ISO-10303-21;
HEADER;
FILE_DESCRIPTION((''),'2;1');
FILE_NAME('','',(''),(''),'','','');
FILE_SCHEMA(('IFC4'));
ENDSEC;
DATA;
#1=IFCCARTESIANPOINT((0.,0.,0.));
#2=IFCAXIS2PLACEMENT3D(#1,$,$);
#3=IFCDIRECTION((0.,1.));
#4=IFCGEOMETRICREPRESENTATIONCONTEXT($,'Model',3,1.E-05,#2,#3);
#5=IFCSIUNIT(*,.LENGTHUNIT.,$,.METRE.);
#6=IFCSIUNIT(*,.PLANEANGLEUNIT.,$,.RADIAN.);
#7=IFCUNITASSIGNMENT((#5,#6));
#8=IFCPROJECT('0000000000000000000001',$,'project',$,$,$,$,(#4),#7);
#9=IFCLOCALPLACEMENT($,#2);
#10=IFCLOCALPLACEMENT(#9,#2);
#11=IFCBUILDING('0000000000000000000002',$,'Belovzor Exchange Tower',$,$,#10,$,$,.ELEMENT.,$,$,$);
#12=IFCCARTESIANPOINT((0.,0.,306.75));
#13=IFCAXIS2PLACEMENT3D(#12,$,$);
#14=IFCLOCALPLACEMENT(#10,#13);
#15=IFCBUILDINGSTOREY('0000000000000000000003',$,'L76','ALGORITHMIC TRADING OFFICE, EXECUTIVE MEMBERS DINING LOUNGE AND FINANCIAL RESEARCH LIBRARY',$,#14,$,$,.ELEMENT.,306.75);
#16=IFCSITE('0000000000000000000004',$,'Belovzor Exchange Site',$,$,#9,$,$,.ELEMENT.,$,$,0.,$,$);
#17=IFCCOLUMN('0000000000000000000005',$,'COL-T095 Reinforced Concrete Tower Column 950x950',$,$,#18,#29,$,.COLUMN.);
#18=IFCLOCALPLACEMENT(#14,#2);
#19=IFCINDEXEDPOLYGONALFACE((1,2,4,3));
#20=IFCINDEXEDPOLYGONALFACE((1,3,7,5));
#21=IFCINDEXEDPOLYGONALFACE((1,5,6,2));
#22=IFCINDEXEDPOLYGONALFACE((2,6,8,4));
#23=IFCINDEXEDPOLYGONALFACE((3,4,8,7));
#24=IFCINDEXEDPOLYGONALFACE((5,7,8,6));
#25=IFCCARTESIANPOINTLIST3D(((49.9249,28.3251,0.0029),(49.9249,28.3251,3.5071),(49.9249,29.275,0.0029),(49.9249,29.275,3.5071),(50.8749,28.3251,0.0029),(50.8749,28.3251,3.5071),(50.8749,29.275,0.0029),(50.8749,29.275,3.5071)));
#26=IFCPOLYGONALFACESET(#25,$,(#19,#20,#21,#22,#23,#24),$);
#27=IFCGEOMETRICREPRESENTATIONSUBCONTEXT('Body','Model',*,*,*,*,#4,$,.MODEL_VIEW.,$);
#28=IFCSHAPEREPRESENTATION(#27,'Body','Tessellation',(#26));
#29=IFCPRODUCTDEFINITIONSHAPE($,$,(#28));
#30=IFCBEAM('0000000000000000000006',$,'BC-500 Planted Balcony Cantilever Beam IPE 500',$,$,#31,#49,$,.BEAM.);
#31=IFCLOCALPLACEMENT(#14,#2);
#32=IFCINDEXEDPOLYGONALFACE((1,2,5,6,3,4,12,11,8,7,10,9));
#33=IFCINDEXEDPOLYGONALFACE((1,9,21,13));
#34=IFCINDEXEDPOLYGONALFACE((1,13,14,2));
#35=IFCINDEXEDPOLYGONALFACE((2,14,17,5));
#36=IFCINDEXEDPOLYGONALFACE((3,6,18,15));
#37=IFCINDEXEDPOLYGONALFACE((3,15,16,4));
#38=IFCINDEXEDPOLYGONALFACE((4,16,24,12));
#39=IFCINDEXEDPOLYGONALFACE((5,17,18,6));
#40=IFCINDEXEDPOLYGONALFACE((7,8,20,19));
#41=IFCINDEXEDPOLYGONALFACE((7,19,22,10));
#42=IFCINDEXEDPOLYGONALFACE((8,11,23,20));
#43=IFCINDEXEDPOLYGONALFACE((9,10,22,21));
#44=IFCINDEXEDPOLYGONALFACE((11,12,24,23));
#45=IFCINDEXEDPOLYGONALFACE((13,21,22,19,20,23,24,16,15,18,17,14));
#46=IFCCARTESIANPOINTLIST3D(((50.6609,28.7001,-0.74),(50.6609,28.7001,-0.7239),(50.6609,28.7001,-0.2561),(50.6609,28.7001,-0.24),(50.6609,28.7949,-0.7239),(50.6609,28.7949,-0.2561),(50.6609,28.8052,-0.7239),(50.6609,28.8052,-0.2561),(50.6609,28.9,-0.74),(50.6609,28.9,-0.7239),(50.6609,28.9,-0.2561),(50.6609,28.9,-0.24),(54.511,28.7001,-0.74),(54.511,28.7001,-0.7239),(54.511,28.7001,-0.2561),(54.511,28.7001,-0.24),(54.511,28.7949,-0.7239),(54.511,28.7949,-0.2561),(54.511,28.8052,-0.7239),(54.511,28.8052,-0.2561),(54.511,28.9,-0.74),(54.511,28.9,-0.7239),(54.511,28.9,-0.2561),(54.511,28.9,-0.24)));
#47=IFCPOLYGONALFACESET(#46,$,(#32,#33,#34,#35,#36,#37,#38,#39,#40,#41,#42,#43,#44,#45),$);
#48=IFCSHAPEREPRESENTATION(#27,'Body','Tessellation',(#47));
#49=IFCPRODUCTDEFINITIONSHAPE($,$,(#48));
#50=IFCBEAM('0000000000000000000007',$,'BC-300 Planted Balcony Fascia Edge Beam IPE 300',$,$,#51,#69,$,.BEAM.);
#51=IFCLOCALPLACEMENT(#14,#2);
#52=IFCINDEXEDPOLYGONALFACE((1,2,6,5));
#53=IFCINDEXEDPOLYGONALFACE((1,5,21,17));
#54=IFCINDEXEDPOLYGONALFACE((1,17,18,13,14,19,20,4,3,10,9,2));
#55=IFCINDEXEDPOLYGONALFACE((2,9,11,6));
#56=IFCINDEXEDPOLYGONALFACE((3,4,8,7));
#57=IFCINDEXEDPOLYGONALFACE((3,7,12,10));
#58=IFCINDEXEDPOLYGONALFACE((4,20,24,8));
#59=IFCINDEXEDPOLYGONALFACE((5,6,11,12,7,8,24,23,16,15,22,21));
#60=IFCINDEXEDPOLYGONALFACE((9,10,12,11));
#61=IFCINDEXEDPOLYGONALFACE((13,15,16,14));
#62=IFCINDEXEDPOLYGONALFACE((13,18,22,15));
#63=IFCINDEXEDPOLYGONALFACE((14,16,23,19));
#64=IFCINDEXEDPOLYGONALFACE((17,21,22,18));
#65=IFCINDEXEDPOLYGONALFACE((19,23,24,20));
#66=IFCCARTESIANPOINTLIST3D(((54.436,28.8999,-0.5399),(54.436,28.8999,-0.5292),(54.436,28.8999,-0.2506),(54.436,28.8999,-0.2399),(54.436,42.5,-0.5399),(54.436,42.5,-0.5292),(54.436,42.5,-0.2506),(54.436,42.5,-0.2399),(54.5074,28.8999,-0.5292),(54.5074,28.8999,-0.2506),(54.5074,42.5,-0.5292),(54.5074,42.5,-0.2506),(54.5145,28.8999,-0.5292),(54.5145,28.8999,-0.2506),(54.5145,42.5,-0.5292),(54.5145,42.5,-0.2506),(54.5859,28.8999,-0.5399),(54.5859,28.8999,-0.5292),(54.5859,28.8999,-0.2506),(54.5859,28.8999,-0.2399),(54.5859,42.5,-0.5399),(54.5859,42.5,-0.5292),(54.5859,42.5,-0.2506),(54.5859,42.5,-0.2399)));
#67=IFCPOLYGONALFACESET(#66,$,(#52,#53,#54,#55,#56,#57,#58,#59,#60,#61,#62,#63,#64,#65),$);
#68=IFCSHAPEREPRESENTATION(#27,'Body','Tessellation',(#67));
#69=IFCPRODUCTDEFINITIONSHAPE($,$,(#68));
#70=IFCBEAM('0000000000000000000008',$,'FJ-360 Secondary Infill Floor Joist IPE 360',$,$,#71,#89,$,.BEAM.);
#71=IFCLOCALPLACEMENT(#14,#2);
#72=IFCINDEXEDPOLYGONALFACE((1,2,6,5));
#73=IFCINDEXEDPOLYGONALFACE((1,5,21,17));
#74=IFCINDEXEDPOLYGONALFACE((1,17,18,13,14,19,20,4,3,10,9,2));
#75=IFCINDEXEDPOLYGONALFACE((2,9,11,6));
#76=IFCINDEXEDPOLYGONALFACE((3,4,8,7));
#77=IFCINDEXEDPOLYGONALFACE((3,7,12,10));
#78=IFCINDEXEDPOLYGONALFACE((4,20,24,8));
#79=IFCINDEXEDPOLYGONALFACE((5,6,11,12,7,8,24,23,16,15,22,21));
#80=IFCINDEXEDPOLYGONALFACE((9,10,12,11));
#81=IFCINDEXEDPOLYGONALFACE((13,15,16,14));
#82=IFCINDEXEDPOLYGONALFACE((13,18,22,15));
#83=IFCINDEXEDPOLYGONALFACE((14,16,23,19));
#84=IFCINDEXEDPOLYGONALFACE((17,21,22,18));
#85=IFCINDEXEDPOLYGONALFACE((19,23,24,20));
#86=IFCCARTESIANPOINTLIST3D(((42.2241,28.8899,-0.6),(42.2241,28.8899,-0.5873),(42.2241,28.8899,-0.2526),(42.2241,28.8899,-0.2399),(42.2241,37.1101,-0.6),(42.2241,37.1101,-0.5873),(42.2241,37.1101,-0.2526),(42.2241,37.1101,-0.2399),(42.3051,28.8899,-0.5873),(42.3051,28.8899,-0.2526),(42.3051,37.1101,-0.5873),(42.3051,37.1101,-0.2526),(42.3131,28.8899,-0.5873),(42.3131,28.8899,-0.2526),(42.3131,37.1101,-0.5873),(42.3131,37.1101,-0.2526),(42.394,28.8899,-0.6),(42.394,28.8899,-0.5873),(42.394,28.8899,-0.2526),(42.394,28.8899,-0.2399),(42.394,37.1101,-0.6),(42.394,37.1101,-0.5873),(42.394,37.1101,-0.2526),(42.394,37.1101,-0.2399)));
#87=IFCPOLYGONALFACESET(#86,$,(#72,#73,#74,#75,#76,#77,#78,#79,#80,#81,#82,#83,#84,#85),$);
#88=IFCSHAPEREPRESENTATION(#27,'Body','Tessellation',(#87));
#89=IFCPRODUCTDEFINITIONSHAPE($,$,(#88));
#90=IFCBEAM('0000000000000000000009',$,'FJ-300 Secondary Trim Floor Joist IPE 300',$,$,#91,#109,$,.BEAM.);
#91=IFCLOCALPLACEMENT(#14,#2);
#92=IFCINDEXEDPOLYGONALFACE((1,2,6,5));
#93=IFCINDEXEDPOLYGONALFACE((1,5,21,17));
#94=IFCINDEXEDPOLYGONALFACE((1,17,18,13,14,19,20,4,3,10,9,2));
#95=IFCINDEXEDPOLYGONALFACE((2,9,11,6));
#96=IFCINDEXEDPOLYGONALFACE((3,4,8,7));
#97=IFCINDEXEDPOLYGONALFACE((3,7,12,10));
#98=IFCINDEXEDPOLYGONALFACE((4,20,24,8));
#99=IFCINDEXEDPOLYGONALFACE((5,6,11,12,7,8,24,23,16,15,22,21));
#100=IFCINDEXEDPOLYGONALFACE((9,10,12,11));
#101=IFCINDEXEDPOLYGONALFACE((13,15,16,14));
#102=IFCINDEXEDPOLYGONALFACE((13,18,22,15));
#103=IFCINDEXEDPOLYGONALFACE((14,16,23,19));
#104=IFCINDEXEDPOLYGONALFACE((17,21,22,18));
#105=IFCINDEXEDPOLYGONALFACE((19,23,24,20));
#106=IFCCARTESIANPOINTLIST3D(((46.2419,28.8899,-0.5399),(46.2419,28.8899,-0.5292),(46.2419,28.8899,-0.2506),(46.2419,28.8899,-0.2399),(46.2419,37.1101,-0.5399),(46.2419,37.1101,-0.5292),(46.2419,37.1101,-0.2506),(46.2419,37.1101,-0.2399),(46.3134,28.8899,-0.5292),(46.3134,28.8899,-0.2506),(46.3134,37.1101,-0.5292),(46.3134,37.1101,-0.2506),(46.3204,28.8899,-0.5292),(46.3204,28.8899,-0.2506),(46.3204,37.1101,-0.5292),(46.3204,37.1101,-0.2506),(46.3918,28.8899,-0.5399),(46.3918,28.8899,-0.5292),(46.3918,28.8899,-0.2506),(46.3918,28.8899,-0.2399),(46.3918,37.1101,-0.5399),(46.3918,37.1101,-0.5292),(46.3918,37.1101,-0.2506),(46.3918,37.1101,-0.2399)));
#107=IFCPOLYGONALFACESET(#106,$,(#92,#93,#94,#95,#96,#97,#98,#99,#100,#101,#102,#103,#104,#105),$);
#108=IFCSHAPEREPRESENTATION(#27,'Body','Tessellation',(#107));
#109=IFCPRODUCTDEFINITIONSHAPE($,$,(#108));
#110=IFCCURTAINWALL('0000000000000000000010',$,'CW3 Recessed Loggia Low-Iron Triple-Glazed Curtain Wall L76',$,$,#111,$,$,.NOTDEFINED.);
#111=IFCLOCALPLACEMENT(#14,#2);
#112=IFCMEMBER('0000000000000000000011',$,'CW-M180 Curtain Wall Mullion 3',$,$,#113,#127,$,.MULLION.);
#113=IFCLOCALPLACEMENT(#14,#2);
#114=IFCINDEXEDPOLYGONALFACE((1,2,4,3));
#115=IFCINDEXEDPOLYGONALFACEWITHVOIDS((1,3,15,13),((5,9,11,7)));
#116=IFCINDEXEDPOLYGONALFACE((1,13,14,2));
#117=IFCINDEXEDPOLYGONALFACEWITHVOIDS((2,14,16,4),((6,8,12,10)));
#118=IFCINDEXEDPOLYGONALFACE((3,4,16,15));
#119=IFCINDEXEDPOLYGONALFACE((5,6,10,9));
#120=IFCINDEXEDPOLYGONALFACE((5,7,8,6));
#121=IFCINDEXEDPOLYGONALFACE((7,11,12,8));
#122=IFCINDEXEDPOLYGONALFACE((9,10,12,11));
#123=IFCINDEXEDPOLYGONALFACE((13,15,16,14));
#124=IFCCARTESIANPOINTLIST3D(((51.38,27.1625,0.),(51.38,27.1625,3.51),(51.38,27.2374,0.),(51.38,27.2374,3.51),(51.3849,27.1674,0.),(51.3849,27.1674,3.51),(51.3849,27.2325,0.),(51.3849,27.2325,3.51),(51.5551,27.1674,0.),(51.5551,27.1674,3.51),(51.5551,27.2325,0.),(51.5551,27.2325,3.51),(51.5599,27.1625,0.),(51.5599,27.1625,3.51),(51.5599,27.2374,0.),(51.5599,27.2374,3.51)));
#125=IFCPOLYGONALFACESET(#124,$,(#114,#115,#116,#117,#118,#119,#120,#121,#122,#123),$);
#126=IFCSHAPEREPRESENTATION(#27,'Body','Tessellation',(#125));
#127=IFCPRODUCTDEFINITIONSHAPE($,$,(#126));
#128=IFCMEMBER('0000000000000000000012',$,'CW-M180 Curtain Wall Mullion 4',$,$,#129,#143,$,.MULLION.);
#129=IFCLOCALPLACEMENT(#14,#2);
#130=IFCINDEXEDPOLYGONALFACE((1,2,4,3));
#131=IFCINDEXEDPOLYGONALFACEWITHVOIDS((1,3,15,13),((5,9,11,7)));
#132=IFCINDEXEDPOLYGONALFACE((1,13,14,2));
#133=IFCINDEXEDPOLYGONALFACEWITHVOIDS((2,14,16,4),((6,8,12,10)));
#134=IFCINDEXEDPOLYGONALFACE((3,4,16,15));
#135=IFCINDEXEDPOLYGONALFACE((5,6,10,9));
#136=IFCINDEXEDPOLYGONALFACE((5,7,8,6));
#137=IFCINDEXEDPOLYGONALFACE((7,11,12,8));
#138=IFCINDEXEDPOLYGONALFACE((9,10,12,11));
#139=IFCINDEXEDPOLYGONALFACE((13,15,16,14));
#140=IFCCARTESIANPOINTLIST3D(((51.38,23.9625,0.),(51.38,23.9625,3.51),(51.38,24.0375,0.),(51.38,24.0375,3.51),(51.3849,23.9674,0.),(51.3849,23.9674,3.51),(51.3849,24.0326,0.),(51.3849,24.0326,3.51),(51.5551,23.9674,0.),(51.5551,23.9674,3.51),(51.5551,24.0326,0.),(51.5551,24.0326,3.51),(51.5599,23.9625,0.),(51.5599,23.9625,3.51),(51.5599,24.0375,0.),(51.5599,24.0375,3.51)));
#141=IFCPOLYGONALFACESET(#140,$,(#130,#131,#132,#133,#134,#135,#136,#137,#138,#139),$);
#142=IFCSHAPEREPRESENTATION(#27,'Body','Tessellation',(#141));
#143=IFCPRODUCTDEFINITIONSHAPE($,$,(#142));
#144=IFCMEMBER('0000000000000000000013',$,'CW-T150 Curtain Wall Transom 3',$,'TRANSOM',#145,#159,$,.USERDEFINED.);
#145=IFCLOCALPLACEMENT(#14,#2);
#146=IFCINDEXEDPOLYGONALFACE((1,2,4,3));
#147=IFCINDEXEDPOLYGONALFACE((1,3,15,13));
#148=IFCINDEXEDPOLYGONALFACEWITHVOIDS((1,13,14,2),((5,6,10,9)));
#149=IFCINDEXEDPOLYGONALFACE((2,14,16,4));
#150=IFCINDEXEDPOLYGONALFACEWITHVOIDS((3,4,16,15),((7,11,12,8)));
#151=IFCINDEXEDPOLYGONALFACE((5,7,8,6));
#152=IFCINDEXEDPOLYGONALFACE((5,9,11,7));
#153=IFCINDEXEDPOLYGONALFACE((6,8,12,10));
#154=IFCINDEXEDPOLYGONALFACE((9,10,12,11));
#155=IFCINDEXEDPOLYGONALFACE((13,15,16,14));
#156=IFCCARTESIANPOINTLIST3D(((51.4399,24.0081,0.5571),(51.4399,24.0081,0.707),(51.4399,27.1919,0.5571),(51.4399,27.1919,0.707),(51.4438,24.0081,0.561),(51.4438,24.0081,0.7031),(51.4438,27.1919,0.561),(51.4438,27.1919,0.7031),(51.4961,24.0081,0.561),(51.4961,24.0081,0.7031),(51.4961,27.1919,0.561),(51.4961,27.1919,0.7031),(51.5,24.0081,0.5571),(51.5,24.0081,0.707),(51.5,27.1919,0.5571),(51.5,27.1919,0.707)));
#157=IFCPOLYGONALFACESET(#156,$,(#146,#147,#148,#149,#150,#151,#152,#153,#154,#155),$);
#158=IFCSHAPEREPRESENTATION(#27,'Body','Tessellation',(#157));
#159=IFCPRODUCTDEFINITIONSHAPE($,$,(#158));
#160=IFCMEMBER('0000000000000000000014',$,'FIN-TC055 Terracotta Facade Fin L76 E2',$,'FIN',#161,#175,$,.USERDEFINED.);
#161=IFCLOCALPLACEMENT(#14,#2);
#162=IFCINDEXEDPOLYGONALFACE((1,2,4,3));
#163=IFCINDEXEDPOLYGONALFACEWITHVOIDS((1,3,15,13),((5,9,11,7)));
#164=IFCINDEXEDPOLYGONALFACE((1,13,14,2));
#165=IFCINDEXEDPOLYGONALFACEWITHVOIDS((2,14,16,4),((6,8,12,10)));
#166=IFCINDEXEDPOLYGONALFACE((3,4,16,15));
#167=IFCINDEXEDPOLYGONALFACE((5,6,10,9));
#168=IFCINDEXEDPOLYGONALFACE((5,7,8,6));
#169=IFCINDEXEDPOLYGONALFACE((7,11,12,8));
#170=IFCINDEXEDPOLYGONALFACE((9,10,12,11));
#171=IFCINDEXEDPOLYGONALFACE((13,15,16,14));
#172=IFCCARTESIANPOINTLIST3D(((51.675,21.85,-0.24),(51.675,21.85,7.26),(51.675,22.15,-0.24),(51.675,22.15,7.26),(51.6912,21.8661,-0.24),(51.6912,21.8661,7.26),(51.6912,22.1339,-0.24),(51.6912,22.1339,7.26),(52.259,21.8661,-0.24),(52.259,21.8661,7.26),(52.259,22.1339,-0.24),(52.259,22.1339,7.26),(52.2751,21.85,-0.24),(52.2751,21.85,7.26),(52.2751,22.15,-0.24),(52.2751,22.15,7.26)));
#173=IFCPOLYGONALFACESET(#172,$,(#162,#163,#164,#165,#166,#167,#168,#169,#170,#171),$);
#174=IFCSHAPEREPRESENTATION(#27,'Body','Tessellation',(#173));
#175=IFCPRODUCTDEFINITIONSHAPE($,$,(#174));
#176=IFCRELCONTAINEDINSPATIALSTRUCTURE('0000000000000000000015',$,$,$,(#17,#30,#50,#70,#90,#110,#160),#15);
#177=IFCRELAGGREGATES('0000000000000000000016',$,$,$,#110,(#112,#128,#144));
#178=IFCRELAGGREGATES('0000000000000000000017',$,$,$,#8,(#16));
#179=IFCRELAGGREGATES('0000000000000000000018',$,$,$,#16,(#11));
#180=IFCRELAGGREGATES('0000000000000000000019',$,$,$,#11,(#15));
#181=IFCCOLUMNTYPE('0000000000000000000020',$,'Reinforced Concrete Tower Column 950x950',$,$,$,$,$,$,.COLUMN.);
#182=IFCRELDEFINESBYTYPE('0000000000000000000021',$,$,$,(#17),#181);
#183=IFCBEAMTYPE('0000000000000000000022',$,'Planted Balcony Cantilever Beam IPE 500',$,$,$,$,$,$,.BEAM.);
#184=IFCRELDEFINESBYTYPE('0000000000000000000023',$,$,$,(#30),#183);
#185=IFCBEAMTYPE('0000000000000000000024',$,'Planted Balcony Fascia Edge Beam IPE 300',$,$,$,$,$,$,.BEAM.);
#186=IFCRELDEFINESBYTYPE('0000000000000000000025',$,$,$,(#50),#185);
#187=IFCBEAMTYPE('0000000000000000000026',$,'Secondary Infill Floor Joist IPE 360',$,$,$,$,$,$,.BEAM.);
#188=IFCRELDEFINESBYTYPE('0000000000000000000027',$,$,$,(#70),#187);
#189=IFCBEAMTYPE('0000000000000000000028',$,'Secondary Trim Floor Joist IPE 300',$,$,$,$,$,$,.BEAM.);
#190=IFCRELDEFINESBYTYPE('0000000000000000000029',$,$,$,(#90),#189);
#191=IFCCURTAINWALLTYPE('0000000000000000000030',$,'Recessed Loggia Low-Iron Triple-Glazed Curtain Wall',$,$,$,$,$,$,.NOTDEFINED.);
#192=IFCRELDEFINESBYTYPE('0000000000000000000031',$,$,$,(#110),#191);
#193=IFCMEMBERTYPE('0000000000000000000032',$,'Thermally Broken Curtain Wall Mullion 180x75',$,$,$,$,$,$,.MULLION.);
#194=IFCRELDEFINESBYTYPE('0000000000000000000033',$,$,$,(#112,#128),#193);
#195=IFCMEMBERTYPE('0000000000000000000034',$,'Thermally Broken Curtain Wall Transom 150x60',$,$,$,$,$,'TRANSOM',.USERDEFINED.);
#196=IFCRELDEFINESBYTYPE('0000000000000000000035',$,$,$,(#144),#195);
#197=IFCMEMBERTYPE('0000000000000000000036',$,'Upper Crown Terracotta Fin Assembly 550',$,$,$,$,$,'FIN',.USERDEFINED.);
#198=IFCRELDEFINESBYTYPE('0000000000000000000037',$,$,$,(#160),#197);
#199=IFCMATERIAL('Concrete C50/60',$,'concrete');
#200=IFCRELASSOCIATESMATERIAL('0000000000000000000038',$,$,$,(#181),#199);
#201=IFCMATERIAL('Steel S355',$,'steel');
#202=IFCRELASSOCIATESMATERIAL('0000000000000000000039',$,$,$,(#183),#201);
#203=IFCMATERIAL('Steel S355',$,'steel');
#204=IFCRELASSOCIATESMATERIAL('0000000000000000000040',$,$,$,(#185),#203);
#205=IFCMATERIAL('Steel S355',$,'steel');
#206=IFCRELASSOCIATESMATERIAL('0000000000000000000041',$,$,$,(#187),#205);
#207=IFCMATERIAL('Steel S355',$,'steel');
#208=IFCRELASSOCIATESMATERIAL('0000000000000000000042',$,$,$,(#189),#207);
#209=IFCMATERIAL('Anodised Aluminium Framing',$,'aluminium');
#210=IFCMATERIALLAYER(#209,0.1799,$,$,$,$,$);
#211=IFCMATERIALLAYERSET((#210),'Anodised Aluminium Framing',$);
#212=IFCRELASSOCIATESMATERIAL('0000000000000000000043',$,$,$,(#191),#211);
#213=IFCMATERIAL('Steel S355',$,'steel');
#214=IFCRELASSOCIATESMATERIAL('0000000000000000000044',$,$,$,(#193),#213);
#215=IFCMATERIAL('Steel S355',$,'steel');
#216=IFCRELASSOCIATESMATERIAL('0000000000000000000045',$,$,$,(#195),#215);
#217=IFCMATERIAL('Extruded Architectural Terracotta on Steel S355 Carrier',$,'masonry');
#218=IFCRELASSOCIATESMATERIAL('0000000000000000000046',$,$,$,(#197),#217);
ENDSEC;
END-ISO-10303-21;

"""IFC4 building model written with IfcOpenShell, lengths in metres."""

from ifc_helpers import new_model, si_unit, direction, frame, origin, origin_2d, place, context, subcontext, project, spatial, rectangle, hollow_rectangle, i_section, extrude, material, layer, layer_set, material_profile, profile_set, type_object, element, aggregate, save


model = new_model("IFC4")

# Units and contexts
model_context = context("Model", 3, precision=1e-05, world=origin(), true_north=direction((0.0, 1.0)))
body_context = subcontext(model_context, "Body", "Model", "MODEL_VIEW")
ifc_project = project(units=[si_unit("LENGTHUNIT", "METRE"), si_unit("PLANEANGLEUNIT", "RADIAN")], contexts=[model_context])

# Site, building, storey
site_placement = place(None, origin())
site = spatial("IfcSite", under=ifc_project, at=site_placement, Name="Belovzor Exchange Site", CompositionType="ELEMENT", RefElevation=0.0)
building_placement = place(site_placement, origin())
building = spatial("IfcBuilding", under=site, at=building_placement, Name="Belovzor Exchange Tower", CompositionType="ELEMENT")
storey_placement = place(building_placement, frame((0.0, 0.0, 306.75)))
storey = spatial("IfcBuildingStorey", under=building, at=storey_placement, Name="L76", Description="ALGORITHMIC TRADING OFFICE, EXECUTIVE MEMBERS DINING LOUNGE AND FINANCIAL RESEARCH LIBRARY", CompositionType="ELEMENT", Elevation=306.75)

# Column
ifc_material_1 = material(Name="Concrete C50/60", Category="concrete")
ifc_material_profile_1 = material_profile(ifc_material_1, rectangle(XDim=0.95, YDim=0.95, at=origin_2d()))
ifc_profile_set_1 = profile_set([ifc_material_profile_1], Name="Concrete C50/60")
column_type = type_object("IfcColumnType", Name="Reinforced Concrete Tower Column 950x950", PredefinedType="COLUMN", material=ifc_profile_set_1)
column_placement = place(storey_placement, frame((50.3999, 28.8, 0.0029), z_axis=(0.0, 0.0, 1.0), x_axis=(1.0, 0.0, 0.0)))
element("IfcColumn", 1, at=column_placement, inside=storey, type_object=column_type, Name="COL-T095 Reinforced Concrete Tower Column 950x950", PredefinedType="COLUMN", context=body_context, shape_type="SweptSolid", body=[
    extrude(rectangle(XDim=0.95, YDim=0.95, at=origin_2d()), origin(), (0.0, 0.0, 1.0), 3.5042),
])

# Beams
ifc_material_2 = material(Name="Steel S355", Category="steel")
ifc_material_profile_2 = material_profile(ifc_material_2, i_section(OverallWidth=0.2, OverallDepth=0.5, WebThickness=0.0103, FlangeThickness=0.0161, at=origin_2d()))
ifc_profile_set_2 = profile_set([ifc_material_profile_2], Name="Steel S355")
beam_type_1 = type_object("IfcBeamType", Name="Planted Balcony Cantilever Beam IPE 500", PredefinedType="BEAM", material=ifc_profile_set_2)
beam_1_placement = place(storey_placement, frame((50.6609, 28.8, -0.49), z_axis=(1.0, 0.0, 0.0), x_axis=(0.0, 1.0, 0.0)))
element("IfcBeam", 2, at=beam_1_placement, inside=storey, type_object=beam_type_1, Name="BC-500 Planted Balcony Cantilever Beam IPE 500", PredefinedType="BEAM", context=body_context, shape_type="SweptSolid", body=[
    extrude(i_section(OverallWidth=0.2, OverallDepth=0.5, WebThickness=0.0103, FlangeThickness=0.0161, at=origin_2d()), origin(), (0.0, 0.0, 1.0), 3.8501),
])
ifc_material_3 = material(Name="Steel S355", Category="steel")
ifc_material_profile_3 = material_profile(ifc_material_3, i_section(OverallWidth=0.1499, OverallDepth=0.3, WebThickness=0.0071, FlangeThickness=0.0107, at=origin_2d()))
ifc_profile_set_3 = profile_set([ifc_material_profile_3], Name="Steel S355")
beam_type_2 = type_object("IfcBeamType", Name="Planted Balcony Fascia Edge Beam IPE 300", PredefinedType="BEAM", material=ifc_profile_set_3)
beam_2_placement = place(storey_placement, frame((54.511, 28.8999, -0.3899), z_axis=(0.0, 1.0, 0.0), x_axis=(-1.0, 0.0, 0.0)))
element("IfcBeam", 3, at=beam_2_placement, inside=storey, type_object=beam_type_2, Name="BC-300 Planted Balcony Fascia Edge Beam IPE 300", PredefinedType="BEAM", context=body_context, shape_type="SweptSolid", body=[
    extrude(i_section(OverallWidth=0.1499, OverallDepth=0.3, WebThickness=0.0071, FlangeThickness=0.0107, at=origin_2d()), origin(), (0.0, 0.0, 1.0), 13.6001),
])
ifc_material_4 = material(Name="Steel S355", Category="steel")
ifc_material_profile_4 = material_profile(ifc_material_4, i_section(OverallWidth=0.1699, OverallDepth=0.3601, WebThickness=0.0081, FlangeThickness=0.0127, at=origin_2d()))
ifc_profile_set_4 = profile_set([ifc_material_profile_4], Name="Steel S355")
beam_type_3 = type_object("IfcBeamType", Name="Secondary Infill Floor Joist IPE 360", PredefinedType="BEAM", material=ifc_profile_set_4)
beam_3_placement = place(storey_placement, frame((42.3091, 28.8899, -0.4199), z_axis=(0.0, 1.0, 0.0), x_axis=(-1.0, 0.0, 0.0)))
element("IfcBeam", 4, at=beam_3_placement, inside=storey, type_object=beam_type_3, Name="FJ-360 Secondary Infill Floor Joist IPE 360", PredefinedType="BEAM", context=body_context, shape_type="SweptSolid", body=[
    extrude(i_section(OverallWidth=0.1699, OverallDepth=0.3601, WebThickness=0.0081, FlangeThickness=0.0127, at=origin_2d()), origin(), (0.0, 0.0, 1.0), 8.2202),
])
ifc_material_5 = material(Name="Steel S355", Category="steel")
ifc_material_profile_5 = material_profile(ifc_material_5, i_section(OverallWidth=0.1499, OverallDepth=0.3, WebThickness=0.0071, FlangeThickness=0.0107, at=origin_2d()))
ifc_profile_set_5 = profile_set([ifc_material_profile_5], Name="Steel S355")
beam_type_4 = type_object("IfcBeamType", Name="Secondary Trim Floor Joist IPE 300", PredefinedType="BEAM", material=ifc_profile_set_5)
beam_4_placement = place(storey_placement, frame((46.3169, 28.8899, -0.3899), z_axis=(0.0, 1.0, 0.0), x_axis=(-1.0, 0.0, 0.0)))
element("IfcBeam", 5, at=beam_4_placement, inside=storey, type_object=beam_type_4, Name="FJ-300 Secondary Trim Floor Joist IPE 300", PredefinedType="BEAM", context=body_context, shape_type="SweptSolid", body=[
    extrude(i_section(OverallWidth=0.1499, OverallDepth=0.3, WebThickness=0.0071, FlangeThickness=0.0107, at=origin_2d()), origin(), (0.0, 0.0, 1.0), 8.2202),
])

# Curtain wall, members
ifc_material_6 = material(Name="Anodised Aluminium Framing", Category="aluminium")
ifc_layer_1 = layer(ifc_material_6, 0.1799)
ifc_layer_set_1 = layer_set([ifc_layer_1], Name="Anodised Aluminium Framing")
curtain_wall_type = type_object("IfcCurtainWallType", Name="Recessed Loggia Low-Iron Triple-Glazed Curtain Wall", PredefinedType="NOTDEFINED", material=ifc_layer_set_1)
curtain_wall_placement = place(storey_placement, origin())
curtain_wall = element("IfcCurtainWall", 6, at=curtain_wall_placement, inside=storey, type_object=curtain_wall_type, Name="CW3 Recessed Loggia Low-Iron Triple-Glazed Curtain Wall L76", PredefinedType="NOTDEFINED")
ifc_material_7 = material(Name="Steel S355", Category="steel")
ifc_material_profile_6 = material_profile(ifc_material_7, hollow_rectangle(XDim=0.075, YDim=0.1799, WallThickness=0.0049, at=origin_2d()))
ifc_profile_set_6 = profile_set([ifc_material_profile_6], Name="Steel S355")
member_type_1 = type_object("IfcMemberType", Name="Thermally Broken Curtain Wall Mullion 180x75", PredefinedType="MULLION", material=ifc_profile_set_6)
member_1_placement = place(storey_placement, frame((51.47, 27.2, 0.0), z_axis=(0.0, 0.0, 1.0), x_axis=(0.0, -1.0, 0.0)))
member_1 = element("IfcMember", 7, at=member_1_placement, type_object=member_type_1, Name="CW-M180 Curtain Wall Mullion 3", PredefinedType="MULLION", context=body_context, shape_type="SweptSolid", body=[
    extrude(hollow_rectangle(XDim=0.075, YDim=0.1799, WallThickness=0.0049, at=origin_2d()), origin(), (0.0, 0.0, 1.0), 3.51),
])
member_2_placement = place(storey_placement, frame((51.47, 24.0, 0.0), z_axis=(0.0, 0.0, 1.0), x_axis=(0.0, -1.0, 0.0)))
member_2 = element("IfcMember", 8, at=member_2_placement, type_object=member_type_1, Name="CW-M180 Curtain Wall Mullion 4", PredefinedType="MULLION", context=body_context, shape_type="SweptSolid", body=[
    extrude(hollow_rectangle(XDim=0.075, YDim=0.1799, WallThickness=0.0049, at=origin_2d()), origin(), (0.0, 0.0, 1.0), 3.51),
])
ifc_material_8 = material(Name="Steel S355", Category="steel")
ifc_material_profile_7 = material_profile(ifc_material_8, hollow_rectangle(XDim=0.0601, YDim=0.1499, WallThickness=0.0039, at=origin_2d()))
ifc_profile_set_7 = profile_set([ifc_material_profile_7], Name="Steel S355")
member_type_2 = type_object("IfcMemberType", Name="Thermally Broken Curtain Wall Transom 150x60", ElementType="TRANSOM", PredefinedType="USERDEFINED", material=ifc_profile_set_7)
member_3_placement = place(storey_placement, frame((51.47, 27.1919, 0.6321), z_axis=(0.0, -1.0, 0.0), x_axis=(1.0, 0.0, 0.0)))
member_3 = element("IfcMember", 9, at=member_3_placement, type_object=member_type_2, Name="CW-T150 Curtain Wall Transom 3", ObjectType="TRANSOM", PredefinedType="USERDEFINED", context=body_context, shape_type="SweptSolid", body=[
    extrude(hollow_rectangle(XDim=0.0601, YDim=0.1499, WallThickness=0.0039, at=origin_2d()), origin(), (0.0, 0.0, 1.0), 3.1838),
])

# Member
ifc_material_9 = material(Name="Extruded Architectural Terracotta on Steel S355 Carrier", Category="masonry")
ifc_material_profile_8 = material_profile(ifc_material_9, hollow_rectangle(XDim=0.3, YDim=0.6001, WallThickness=0.0161, at=origin_2d()))
ifc_profile_set_8 = profile_set([ifc_material_profile_8], Name="Extruded Architectural Terracotta on Steel S355 Carrier")
member_type_3 = type_object("IfcMemberType", Name="Upper Crown Terracotta Fin Assembly 550", ElementType="FIN", PredefinedType="USERDEFINED", material=ifc_profile_set_8)
member_4_placement = place(storey_placement, frame((51.9751, 22.0, -0.24), z_axis=(0.0, 0.0, 1.0), x_axis=(0.0, 1.0, 0.0)))
element("IfcMember", 10, at=member_4_placement, inside=storey, type_object=member_type_3, Name="FIN-TC055 Terracotta Facade Fin L76 E2", ObjectType="FIN", PredefinedType="USERDEFINED", context=body_context, shape_type="SweptSolid", body=[
    extrude(hollow_rectangle(XDim=0.3, YDim=0.6001, WallThickness=0.0161, at=origin_2d()), origin(), (0.0, 0.0, 1.0), 7.5),
])

aggregate(curtain_wall, [member_1, member_2, member_3])

save(model, "model.ifc")
